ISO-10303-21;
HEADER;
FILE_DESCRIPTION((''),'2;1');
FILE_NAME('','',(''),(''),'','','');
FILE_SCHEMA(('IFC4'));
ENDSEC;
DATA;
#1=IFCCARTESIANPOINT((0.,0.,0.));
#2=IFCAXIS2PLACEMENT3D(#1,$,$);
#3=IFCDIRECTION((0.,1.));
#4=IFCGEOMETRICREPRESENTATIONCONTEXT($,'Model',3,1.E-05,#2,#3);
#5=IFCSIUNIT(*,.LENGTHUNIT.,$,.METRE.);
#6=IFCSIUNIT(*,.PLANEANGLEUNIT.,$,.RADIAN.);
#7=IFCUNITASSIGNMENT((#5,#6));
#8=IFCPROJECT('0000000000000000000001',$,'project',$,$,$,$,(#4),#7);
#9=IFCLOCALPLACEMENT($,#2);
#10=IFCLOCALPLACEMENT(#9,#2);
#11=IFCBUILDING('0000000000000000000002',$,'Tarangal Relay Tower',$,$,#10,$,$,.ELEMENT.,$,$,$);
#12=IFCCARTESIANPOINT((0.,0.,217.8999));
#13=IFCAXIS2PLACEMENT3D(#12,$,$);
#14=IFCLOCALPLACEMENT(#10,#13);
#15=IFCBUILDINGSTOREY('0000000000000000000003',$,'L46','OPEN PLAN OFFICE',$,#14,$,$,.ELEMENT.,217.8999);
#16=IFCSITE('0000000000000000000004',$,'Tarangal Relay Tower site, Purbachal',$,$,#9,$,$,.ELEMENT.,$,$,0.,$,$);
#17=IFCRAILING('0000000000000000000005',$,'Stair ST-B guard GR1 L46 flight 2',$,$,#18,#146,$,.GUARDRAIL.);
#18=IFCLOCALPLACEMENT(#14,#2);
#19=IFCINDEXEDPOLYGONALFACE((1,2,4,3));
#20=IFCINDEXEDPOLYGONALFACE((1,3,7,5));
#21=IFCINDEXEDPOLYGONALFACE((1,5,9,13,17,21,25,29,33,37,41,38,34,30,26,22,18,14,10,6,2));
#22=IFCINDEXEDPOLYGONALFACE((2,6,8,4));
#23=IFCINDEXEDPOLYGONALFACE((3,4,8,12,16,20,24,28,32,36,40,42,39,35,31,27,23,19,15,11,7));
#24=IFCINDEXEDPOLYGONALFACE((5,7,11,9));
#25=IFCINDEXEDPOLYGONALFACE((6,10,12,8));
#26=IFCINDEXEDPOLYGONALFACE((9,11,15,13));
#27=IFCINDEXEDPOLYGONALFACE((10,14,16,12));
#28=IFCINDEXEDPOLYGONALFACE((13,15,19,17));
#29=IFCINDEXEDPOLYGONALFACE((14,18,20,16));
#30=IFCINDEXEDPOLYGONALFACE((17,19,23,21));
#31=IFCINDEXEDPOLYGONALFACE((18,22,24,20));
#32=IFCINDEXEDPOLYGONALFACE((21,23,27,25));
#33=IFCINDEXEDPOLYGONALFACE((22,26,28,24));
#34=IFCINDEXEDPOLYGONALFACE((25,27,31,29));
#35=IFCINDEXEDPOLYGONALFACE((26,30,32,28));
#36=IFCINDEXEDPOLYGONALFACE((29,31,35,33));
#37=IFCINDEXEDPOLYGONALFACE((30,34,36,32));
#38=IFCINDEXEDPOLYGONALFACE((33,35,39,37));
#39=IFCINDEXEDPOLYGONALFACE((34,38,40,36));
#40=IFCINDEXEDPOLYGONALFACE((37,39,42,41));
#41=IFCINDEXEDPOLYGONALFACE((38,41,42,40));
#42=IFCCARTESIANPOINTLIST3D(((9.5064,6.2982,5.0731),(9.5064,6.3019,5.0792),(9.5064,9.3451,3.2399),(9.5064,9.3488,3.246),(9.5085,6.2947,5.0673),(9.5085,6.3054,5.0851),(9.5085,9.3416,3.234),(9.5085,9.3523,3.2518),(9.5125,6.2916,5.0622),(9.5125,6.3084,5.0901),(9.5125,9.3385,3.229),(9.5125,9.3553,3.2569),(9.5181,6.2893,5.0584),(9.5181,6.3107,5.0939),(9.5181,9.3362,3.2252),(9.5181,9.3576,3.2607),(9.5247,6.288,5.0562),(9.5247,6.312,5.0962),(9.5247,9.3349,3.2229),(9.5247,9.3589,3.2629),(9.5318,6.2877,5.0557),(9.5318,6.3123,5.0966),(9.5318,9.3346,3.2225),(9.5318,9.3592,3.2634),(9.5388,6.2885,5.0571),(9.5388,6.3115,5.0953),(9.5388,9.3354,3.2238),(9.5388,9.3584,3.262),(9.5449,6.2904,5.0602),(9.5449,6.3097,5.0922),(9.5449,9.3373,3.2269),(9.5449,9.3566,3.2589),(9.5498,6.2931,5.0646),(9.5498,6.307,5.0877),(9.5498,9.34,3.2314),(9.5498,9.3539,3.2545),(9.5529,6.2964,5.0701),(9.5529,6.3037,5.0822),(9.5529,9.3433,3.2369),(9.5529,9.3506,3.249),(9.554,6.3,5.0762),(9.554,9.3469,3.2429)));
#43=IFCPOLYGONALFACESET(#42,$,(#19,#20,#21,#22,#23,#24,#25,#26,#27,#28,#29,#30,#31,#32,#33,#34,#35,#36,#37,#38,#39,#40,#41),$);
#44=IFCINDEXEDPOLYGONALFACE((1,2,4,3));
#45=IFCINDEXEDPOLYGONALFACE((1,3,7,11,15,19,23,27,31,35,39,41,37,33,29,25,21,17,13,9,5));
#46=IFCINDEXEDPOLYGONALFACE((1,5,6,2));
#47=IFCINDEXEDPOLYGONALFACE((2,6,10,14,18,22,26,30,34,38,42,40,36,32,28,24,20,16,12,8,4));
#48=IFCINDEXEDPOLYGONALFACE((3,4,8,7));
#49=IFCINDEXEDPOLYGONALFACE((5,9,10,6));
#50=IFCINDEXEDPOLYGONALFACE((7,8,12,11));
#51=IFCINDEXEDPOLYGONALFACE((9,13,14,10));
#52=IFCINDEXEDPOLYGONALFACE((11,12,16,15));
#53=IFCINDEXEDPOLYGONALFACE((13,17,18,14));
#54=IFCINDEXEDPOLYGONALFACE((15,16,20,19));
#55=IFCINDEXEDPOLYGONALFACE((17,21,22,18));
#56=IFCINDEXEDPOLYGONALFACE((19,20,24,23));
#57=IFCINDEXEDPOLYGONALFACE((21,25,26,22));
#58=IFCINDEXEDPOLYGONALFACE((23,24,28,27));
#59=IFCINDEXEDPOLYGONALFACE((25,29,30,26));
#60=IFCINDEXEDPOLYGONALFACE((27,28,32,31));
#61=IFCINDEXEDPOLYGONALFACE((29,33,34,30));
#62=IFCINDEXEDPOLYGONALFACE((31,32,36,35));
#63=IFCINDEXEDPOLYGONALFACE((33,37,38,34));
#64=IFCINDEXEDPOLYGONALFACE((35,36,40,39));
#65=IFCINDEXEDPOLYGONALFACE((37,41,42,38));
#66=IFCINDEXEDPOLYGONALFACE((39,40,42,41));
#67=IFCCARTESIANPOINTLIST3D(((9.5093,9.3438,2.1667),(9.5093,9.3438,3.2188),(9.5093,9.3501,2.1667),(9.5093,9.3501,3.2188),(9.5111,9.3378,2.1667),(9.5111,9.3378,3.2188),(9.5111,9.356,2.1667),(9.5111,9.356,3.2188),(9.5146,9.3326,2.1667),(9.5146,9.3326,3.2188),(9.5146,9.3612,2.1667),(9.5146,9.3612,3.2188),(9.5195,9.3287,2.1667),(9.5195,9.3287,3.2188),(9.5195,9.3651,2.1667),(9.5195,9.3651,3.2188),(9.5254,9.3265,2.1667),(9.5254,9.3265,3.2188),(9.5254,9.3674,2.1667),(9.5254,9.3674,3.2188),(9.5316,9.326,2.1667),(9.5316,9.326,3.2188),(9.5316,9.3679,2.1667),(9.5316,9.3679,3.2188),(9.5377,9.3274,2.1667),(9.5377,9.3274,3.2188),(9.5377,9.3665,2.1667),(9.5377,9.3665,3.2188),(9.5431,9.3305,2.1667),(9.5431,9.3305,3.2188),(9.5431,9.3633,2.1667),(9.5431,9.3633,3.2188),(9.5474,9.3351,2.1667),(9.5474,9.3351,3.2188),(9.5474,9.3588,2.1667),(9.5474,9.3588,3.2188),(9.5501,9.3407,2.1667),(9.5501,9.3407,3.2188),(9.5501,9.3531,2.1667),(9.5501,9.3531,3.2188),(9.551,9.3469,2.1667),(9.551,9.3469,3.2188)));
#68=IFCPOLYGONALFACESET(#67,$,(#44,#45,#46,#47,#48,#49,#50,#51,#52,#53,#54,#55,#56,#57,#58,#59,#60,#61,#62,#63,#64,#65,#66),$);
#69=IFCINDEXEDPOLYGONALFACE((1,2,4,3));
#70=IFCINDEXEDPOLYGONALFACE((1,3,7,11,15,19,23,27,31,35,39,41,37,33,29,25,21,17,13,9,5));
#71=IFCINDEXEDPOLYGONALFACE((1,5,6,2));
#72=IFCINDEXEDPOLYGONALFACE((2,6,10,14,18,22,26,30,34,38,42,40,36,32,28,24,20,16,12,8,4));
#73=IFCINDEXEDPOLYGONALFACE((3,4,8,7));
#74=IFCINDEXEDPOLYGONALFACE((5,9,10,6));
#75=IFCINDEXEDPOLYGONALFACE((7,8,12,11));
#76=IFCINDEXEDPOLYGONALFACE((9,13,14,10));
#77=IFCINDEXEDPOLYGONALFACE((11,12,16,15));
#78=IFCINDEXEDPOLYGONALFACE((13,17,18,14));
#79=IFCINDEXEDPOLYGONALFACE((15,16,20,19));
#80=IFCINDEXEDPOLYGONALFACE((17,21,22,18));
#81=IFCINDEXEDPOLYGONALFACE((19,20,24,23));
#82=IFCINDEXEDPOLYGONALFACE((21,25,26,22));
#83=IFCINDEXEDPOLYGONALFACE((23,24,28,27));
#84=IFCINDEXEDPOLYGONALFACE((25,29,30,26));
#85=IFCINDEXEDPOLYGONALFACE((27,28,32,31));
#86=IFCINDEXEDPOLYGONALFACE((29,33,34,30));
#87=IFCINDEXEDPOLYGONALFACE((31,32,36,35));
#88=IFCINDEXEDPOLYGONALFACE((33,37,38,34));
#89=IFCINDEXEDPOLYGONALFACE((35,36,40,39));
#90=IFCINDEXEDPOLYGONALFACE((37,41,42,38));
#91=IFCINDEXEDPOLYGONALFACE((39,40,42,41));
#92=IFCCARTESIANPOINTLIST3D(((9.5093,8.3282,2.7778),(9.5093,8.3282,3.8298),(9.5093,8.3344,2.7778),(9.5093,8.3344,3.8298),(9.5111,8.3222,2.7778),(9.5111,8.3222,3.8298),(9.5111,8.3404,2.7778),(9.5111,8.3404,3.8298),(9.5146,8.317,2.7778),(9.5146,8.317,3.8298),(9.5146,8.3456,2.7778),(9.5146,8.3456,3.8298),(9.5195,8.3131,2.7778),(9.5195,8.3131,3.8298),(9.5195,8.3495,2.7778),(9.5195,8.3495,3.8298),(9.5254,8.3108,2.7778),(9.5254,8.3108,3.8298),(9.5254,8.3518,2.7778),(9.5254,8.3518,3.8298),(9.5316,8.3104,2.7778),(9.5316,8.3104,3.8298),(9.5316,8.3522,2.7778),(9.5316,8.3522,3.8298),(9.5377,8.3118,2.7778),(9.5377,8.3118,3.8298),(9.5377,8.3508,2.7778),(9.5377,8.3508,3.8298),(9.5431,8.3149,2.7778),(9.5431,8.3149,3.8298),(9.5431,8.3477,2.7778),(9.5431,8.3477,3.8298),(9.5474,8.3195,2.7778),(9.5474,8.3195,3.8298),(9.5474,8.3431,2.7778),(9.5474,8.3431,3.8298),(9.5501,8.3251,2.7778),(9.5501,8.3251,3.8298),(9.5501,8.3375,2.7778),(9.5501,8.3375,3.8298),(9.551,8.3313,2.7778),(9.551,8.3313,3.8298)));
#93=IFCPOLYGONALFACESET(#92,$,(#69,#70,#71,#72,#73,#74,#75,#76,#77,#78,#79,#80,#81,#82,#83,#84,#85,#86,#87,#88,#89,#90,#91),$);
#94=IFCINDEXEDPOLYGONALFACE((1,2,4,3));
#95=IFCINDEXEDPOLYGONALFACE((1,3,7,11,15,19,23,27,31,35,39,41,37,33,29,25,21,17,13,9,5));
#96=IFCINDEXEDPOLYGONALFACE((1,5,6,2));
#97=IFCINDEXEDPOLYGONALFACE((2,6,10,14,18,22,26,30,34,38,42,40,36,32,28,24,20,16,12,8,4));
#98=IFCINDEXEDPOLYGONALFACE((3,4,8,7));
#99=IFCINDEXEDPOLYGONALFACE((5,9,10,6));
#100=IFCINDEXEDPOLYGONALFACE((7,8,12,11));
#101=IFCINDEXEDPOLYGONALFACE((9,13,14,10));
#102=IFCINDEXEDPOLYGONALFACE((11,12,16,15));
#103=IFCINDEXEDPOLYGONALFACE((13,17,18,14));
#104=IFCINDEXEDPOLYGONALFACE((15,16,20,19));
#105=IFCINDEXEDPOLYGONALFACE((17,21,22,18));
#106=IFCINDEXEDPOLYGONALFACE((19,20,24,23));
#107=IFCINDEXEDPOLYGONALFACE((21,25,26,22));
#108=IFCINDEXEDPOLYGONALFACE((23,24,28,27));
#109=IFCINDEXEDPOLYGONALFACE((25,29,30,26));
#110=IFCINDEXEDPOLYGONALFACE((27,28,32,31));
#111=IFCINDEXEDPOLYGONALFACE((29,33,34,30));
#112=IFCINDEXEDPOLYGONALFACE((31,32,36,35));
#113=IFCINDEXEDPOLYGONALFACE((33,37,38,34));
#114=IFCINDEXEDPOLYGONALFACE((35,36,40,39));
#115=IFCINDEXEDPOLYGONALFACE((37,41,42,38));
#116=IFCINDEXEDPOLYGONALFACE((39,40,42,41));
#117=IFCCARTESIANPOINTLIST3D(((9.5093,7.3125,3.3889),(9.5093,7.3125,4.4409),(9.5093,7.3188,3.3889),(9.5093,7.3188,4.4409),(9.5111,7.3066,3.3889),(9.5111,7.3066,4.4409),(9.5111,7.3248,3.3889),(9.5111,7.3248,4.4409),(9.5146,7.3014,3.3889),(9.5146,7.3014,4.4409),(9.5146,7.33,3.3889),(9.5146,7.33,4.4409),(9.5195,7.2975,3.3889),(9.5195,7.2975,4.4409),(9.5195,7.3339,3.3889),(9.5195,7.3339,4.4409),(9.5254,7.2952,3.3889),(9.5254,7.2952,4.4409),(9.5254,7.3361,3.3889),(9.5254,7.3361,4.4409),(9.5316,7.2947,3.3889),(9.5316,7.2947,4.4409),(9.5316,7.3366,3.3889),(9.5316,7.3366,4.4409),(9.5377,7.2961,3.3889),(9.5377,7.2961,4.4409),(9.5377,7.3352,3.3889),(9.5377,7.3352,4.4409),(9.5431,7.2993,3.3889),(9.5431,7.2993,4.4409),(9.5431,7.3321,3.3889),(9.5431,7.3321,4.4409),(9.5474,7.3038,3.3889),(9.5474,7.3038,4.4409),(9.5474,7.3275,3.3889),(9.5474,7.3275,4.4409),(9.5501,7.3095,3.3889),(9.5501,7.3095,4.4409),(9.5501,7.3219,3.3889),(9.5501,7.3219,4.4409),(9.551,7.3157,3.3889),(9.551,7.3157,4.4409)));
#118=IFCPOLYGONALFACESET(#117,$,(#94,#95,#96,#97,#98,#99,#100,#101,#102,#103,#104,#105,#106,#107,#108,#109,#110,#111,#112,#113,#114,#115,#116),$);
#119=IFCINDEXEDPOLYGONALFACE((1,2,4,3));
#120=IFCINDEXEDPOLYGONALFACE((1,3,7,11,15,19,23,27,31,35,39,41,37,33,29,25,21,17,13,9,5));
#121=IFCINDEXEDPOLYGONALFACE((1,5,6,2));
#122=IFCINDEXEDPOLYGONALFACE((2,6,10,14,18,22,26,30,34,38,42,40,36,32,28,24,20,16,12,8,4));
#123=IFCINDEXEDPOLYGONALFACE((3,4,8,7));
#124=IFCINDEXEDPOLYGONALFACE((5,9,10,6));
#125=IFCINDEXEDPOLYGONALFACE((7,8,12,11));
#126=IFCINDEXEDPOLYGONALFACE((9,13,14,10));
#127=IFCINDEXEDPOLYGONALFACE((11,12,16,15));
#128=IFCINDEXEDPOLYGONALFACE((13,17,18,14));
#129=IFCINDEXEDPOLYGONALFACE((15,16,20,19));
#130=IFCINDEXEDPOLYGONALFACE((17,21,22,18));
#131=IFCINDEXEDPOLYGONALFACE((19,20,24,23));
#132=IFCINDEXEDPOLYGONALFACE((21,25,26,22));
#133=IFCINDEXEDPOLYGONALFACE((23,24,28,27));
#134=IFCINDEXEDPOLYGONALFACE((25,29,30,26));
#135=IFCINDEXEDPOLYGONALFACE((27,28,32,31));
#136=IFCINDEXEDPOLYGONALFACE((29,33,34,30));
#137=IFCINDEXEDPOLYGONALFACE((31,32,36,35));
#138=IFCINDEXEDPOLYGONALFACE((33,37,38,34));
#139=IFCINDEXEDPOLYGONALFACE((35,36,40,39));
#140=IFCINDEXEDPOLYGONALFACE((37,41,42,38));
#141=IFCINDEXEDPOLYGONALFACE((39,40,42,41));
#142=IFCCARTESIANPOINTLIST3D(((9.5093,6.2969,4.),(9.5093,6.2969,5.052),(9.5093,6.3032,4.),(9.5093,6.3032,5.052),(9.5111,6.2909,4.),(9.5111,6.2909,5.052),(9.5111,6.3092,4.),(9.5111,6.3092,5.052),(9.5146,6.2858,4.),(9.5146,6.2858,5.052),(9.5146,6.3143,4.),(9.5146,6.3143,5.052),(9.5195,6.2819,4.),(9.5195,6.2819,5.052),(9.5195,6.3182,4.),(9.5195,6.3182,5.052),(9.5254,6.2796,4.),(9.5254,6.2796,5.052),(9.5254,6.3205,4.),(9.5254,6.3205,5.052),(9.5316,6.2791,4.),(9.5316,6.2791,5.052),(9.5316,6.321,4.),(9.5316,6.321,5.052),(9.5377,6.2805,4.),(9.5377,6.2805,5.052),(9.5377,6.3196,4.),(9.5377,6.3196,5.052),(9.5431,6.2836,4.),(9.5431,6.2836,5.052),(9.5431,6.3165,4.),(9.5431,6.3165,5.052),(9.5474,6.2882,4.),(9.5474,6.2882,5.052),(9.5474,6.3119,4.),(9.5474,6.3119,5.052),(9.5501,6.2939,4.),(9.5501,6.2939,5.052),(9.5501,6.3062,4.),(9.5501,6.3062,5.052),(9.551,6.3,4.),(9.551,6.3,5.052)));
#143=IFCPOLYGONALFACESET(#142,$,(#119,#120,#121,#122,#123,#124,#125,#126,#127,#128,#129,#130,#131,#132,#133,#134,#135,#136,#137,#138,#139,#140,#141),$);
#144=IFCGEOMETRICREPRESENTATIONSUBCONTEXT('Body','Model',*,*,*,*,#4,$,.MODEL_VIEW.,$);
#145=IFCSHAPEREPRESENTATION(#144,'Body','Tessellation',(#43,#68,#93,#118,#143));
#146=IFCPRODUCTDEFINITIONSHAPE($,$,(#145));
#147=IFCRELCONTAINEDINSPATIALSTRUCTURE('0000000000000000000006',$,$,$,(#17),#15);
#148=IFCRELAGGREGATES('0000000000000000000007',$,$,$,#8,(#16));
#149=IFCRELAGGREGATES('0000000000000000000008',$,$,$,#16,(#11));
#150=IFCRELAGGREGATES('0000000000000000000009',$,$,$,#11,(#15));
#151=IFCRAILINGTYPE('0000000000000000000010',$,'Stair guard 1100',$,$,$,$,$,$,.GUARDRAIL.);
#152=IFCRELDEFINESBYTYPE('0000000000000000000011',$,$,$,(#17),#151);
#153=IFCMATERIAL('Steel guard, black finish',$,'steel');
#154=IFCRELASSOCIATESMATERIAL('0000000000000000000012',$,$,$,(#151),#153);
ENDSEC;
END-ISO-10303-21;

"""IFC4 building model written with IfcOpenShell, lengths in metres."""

from ifc_helpers import new_model, si_unit, direction, frame, origin, origin_2d, place, context, subcontext, project, spatial, circle, extrude, material, type_object, element, save


model = new_model("IFC4")

# Units and contexts
model_context = context("Model", 3, precision=1e-05, world=origin(), true_north=direction((0.0, 1.0)))
body_context = subcontext(model_context, "Body", "Model", "MODEL_VIEW")
ifc_project = project(units=[si_unit("LENGTHUNIT", "METRE"), si_unit("PLANEANGLEUNIT", "RADIAN")], contexts=[model_context])

# Site, building, storey
site_placement = place(None, origin())
site = spatial("IfcSite", under=ifc_project, at=site_placement, Name="Tarangal Relay Tower site, Purbachal", CompositionType="ELEMENT", RefElevation=0.0)
building_placement = place(site_placement, origin())
building = spatial("IfcBuilding", under=site, at=building_placement, Name="Tarangal Relay Tower", CompositionType="ELEMENT")
storey_placement = place(building_placement, frame((0.0, 0.0, 217.8999)))
storey = spatial("IfcBuildingStorey", under=building, at=storey_placement, Name="L46", Description="OPEN PLAN OFFICE", CompositionType="ELEMENT", Elevation=217.8999)

# Railing
ifc_material_1 = material(Name="Steel guard, black finish", Category="steel")
railing_type_1 = type_object("IfcRailingType", Name="Stair guard 1100", PredefinedType="GUARDRAIL", material=ifc_material_1)
railing_1_placement = place(storey_placement, frame((9.53, 9.3469, 2.1667)))
element("IfcRailing", 1, at=railing_1_placement, inside=storey, type_object=railing_type_1, Name="Stair ST-B guard GR1 L46 flight 2", PredefinedType="GUARDRAIL", context=body_context, shape_type="SweptSolid", body=[
    extrude(circle(Radius=0.0239, at=origin_2d()), frame((0.0, 0.0, 1.0762), z_axis=(0.0, -0.856856, 0.515556), x_axis=(1.0, 0.0, 0.0)), (0.0, 0.0, 1.0), 3.5559),
    extrude(circle(Radius=0.021, at=origin_2d()), origin(), (0.0, 0.0, 1.0), 1.052),
    extrude(circle(Radius=0.021, at=origin_2d()), frame((0.0, -1.0156, 0.6111)), (0.0, 0.0, 1.0), 1.052),
    extrude(circle(Radius=0.021, at=origin_2d()), frame((0.0, -2.0312, 1.2222)), (0.0, 0.0, 1.0), 1.052),
    extrude(circle(Radius=0.021, at=origin_2d()), frame((0.0, -3.0469, 1.8333)), (0.0, 0.0, 1.0), 1.052),
])

save(model, "model.ifc")
